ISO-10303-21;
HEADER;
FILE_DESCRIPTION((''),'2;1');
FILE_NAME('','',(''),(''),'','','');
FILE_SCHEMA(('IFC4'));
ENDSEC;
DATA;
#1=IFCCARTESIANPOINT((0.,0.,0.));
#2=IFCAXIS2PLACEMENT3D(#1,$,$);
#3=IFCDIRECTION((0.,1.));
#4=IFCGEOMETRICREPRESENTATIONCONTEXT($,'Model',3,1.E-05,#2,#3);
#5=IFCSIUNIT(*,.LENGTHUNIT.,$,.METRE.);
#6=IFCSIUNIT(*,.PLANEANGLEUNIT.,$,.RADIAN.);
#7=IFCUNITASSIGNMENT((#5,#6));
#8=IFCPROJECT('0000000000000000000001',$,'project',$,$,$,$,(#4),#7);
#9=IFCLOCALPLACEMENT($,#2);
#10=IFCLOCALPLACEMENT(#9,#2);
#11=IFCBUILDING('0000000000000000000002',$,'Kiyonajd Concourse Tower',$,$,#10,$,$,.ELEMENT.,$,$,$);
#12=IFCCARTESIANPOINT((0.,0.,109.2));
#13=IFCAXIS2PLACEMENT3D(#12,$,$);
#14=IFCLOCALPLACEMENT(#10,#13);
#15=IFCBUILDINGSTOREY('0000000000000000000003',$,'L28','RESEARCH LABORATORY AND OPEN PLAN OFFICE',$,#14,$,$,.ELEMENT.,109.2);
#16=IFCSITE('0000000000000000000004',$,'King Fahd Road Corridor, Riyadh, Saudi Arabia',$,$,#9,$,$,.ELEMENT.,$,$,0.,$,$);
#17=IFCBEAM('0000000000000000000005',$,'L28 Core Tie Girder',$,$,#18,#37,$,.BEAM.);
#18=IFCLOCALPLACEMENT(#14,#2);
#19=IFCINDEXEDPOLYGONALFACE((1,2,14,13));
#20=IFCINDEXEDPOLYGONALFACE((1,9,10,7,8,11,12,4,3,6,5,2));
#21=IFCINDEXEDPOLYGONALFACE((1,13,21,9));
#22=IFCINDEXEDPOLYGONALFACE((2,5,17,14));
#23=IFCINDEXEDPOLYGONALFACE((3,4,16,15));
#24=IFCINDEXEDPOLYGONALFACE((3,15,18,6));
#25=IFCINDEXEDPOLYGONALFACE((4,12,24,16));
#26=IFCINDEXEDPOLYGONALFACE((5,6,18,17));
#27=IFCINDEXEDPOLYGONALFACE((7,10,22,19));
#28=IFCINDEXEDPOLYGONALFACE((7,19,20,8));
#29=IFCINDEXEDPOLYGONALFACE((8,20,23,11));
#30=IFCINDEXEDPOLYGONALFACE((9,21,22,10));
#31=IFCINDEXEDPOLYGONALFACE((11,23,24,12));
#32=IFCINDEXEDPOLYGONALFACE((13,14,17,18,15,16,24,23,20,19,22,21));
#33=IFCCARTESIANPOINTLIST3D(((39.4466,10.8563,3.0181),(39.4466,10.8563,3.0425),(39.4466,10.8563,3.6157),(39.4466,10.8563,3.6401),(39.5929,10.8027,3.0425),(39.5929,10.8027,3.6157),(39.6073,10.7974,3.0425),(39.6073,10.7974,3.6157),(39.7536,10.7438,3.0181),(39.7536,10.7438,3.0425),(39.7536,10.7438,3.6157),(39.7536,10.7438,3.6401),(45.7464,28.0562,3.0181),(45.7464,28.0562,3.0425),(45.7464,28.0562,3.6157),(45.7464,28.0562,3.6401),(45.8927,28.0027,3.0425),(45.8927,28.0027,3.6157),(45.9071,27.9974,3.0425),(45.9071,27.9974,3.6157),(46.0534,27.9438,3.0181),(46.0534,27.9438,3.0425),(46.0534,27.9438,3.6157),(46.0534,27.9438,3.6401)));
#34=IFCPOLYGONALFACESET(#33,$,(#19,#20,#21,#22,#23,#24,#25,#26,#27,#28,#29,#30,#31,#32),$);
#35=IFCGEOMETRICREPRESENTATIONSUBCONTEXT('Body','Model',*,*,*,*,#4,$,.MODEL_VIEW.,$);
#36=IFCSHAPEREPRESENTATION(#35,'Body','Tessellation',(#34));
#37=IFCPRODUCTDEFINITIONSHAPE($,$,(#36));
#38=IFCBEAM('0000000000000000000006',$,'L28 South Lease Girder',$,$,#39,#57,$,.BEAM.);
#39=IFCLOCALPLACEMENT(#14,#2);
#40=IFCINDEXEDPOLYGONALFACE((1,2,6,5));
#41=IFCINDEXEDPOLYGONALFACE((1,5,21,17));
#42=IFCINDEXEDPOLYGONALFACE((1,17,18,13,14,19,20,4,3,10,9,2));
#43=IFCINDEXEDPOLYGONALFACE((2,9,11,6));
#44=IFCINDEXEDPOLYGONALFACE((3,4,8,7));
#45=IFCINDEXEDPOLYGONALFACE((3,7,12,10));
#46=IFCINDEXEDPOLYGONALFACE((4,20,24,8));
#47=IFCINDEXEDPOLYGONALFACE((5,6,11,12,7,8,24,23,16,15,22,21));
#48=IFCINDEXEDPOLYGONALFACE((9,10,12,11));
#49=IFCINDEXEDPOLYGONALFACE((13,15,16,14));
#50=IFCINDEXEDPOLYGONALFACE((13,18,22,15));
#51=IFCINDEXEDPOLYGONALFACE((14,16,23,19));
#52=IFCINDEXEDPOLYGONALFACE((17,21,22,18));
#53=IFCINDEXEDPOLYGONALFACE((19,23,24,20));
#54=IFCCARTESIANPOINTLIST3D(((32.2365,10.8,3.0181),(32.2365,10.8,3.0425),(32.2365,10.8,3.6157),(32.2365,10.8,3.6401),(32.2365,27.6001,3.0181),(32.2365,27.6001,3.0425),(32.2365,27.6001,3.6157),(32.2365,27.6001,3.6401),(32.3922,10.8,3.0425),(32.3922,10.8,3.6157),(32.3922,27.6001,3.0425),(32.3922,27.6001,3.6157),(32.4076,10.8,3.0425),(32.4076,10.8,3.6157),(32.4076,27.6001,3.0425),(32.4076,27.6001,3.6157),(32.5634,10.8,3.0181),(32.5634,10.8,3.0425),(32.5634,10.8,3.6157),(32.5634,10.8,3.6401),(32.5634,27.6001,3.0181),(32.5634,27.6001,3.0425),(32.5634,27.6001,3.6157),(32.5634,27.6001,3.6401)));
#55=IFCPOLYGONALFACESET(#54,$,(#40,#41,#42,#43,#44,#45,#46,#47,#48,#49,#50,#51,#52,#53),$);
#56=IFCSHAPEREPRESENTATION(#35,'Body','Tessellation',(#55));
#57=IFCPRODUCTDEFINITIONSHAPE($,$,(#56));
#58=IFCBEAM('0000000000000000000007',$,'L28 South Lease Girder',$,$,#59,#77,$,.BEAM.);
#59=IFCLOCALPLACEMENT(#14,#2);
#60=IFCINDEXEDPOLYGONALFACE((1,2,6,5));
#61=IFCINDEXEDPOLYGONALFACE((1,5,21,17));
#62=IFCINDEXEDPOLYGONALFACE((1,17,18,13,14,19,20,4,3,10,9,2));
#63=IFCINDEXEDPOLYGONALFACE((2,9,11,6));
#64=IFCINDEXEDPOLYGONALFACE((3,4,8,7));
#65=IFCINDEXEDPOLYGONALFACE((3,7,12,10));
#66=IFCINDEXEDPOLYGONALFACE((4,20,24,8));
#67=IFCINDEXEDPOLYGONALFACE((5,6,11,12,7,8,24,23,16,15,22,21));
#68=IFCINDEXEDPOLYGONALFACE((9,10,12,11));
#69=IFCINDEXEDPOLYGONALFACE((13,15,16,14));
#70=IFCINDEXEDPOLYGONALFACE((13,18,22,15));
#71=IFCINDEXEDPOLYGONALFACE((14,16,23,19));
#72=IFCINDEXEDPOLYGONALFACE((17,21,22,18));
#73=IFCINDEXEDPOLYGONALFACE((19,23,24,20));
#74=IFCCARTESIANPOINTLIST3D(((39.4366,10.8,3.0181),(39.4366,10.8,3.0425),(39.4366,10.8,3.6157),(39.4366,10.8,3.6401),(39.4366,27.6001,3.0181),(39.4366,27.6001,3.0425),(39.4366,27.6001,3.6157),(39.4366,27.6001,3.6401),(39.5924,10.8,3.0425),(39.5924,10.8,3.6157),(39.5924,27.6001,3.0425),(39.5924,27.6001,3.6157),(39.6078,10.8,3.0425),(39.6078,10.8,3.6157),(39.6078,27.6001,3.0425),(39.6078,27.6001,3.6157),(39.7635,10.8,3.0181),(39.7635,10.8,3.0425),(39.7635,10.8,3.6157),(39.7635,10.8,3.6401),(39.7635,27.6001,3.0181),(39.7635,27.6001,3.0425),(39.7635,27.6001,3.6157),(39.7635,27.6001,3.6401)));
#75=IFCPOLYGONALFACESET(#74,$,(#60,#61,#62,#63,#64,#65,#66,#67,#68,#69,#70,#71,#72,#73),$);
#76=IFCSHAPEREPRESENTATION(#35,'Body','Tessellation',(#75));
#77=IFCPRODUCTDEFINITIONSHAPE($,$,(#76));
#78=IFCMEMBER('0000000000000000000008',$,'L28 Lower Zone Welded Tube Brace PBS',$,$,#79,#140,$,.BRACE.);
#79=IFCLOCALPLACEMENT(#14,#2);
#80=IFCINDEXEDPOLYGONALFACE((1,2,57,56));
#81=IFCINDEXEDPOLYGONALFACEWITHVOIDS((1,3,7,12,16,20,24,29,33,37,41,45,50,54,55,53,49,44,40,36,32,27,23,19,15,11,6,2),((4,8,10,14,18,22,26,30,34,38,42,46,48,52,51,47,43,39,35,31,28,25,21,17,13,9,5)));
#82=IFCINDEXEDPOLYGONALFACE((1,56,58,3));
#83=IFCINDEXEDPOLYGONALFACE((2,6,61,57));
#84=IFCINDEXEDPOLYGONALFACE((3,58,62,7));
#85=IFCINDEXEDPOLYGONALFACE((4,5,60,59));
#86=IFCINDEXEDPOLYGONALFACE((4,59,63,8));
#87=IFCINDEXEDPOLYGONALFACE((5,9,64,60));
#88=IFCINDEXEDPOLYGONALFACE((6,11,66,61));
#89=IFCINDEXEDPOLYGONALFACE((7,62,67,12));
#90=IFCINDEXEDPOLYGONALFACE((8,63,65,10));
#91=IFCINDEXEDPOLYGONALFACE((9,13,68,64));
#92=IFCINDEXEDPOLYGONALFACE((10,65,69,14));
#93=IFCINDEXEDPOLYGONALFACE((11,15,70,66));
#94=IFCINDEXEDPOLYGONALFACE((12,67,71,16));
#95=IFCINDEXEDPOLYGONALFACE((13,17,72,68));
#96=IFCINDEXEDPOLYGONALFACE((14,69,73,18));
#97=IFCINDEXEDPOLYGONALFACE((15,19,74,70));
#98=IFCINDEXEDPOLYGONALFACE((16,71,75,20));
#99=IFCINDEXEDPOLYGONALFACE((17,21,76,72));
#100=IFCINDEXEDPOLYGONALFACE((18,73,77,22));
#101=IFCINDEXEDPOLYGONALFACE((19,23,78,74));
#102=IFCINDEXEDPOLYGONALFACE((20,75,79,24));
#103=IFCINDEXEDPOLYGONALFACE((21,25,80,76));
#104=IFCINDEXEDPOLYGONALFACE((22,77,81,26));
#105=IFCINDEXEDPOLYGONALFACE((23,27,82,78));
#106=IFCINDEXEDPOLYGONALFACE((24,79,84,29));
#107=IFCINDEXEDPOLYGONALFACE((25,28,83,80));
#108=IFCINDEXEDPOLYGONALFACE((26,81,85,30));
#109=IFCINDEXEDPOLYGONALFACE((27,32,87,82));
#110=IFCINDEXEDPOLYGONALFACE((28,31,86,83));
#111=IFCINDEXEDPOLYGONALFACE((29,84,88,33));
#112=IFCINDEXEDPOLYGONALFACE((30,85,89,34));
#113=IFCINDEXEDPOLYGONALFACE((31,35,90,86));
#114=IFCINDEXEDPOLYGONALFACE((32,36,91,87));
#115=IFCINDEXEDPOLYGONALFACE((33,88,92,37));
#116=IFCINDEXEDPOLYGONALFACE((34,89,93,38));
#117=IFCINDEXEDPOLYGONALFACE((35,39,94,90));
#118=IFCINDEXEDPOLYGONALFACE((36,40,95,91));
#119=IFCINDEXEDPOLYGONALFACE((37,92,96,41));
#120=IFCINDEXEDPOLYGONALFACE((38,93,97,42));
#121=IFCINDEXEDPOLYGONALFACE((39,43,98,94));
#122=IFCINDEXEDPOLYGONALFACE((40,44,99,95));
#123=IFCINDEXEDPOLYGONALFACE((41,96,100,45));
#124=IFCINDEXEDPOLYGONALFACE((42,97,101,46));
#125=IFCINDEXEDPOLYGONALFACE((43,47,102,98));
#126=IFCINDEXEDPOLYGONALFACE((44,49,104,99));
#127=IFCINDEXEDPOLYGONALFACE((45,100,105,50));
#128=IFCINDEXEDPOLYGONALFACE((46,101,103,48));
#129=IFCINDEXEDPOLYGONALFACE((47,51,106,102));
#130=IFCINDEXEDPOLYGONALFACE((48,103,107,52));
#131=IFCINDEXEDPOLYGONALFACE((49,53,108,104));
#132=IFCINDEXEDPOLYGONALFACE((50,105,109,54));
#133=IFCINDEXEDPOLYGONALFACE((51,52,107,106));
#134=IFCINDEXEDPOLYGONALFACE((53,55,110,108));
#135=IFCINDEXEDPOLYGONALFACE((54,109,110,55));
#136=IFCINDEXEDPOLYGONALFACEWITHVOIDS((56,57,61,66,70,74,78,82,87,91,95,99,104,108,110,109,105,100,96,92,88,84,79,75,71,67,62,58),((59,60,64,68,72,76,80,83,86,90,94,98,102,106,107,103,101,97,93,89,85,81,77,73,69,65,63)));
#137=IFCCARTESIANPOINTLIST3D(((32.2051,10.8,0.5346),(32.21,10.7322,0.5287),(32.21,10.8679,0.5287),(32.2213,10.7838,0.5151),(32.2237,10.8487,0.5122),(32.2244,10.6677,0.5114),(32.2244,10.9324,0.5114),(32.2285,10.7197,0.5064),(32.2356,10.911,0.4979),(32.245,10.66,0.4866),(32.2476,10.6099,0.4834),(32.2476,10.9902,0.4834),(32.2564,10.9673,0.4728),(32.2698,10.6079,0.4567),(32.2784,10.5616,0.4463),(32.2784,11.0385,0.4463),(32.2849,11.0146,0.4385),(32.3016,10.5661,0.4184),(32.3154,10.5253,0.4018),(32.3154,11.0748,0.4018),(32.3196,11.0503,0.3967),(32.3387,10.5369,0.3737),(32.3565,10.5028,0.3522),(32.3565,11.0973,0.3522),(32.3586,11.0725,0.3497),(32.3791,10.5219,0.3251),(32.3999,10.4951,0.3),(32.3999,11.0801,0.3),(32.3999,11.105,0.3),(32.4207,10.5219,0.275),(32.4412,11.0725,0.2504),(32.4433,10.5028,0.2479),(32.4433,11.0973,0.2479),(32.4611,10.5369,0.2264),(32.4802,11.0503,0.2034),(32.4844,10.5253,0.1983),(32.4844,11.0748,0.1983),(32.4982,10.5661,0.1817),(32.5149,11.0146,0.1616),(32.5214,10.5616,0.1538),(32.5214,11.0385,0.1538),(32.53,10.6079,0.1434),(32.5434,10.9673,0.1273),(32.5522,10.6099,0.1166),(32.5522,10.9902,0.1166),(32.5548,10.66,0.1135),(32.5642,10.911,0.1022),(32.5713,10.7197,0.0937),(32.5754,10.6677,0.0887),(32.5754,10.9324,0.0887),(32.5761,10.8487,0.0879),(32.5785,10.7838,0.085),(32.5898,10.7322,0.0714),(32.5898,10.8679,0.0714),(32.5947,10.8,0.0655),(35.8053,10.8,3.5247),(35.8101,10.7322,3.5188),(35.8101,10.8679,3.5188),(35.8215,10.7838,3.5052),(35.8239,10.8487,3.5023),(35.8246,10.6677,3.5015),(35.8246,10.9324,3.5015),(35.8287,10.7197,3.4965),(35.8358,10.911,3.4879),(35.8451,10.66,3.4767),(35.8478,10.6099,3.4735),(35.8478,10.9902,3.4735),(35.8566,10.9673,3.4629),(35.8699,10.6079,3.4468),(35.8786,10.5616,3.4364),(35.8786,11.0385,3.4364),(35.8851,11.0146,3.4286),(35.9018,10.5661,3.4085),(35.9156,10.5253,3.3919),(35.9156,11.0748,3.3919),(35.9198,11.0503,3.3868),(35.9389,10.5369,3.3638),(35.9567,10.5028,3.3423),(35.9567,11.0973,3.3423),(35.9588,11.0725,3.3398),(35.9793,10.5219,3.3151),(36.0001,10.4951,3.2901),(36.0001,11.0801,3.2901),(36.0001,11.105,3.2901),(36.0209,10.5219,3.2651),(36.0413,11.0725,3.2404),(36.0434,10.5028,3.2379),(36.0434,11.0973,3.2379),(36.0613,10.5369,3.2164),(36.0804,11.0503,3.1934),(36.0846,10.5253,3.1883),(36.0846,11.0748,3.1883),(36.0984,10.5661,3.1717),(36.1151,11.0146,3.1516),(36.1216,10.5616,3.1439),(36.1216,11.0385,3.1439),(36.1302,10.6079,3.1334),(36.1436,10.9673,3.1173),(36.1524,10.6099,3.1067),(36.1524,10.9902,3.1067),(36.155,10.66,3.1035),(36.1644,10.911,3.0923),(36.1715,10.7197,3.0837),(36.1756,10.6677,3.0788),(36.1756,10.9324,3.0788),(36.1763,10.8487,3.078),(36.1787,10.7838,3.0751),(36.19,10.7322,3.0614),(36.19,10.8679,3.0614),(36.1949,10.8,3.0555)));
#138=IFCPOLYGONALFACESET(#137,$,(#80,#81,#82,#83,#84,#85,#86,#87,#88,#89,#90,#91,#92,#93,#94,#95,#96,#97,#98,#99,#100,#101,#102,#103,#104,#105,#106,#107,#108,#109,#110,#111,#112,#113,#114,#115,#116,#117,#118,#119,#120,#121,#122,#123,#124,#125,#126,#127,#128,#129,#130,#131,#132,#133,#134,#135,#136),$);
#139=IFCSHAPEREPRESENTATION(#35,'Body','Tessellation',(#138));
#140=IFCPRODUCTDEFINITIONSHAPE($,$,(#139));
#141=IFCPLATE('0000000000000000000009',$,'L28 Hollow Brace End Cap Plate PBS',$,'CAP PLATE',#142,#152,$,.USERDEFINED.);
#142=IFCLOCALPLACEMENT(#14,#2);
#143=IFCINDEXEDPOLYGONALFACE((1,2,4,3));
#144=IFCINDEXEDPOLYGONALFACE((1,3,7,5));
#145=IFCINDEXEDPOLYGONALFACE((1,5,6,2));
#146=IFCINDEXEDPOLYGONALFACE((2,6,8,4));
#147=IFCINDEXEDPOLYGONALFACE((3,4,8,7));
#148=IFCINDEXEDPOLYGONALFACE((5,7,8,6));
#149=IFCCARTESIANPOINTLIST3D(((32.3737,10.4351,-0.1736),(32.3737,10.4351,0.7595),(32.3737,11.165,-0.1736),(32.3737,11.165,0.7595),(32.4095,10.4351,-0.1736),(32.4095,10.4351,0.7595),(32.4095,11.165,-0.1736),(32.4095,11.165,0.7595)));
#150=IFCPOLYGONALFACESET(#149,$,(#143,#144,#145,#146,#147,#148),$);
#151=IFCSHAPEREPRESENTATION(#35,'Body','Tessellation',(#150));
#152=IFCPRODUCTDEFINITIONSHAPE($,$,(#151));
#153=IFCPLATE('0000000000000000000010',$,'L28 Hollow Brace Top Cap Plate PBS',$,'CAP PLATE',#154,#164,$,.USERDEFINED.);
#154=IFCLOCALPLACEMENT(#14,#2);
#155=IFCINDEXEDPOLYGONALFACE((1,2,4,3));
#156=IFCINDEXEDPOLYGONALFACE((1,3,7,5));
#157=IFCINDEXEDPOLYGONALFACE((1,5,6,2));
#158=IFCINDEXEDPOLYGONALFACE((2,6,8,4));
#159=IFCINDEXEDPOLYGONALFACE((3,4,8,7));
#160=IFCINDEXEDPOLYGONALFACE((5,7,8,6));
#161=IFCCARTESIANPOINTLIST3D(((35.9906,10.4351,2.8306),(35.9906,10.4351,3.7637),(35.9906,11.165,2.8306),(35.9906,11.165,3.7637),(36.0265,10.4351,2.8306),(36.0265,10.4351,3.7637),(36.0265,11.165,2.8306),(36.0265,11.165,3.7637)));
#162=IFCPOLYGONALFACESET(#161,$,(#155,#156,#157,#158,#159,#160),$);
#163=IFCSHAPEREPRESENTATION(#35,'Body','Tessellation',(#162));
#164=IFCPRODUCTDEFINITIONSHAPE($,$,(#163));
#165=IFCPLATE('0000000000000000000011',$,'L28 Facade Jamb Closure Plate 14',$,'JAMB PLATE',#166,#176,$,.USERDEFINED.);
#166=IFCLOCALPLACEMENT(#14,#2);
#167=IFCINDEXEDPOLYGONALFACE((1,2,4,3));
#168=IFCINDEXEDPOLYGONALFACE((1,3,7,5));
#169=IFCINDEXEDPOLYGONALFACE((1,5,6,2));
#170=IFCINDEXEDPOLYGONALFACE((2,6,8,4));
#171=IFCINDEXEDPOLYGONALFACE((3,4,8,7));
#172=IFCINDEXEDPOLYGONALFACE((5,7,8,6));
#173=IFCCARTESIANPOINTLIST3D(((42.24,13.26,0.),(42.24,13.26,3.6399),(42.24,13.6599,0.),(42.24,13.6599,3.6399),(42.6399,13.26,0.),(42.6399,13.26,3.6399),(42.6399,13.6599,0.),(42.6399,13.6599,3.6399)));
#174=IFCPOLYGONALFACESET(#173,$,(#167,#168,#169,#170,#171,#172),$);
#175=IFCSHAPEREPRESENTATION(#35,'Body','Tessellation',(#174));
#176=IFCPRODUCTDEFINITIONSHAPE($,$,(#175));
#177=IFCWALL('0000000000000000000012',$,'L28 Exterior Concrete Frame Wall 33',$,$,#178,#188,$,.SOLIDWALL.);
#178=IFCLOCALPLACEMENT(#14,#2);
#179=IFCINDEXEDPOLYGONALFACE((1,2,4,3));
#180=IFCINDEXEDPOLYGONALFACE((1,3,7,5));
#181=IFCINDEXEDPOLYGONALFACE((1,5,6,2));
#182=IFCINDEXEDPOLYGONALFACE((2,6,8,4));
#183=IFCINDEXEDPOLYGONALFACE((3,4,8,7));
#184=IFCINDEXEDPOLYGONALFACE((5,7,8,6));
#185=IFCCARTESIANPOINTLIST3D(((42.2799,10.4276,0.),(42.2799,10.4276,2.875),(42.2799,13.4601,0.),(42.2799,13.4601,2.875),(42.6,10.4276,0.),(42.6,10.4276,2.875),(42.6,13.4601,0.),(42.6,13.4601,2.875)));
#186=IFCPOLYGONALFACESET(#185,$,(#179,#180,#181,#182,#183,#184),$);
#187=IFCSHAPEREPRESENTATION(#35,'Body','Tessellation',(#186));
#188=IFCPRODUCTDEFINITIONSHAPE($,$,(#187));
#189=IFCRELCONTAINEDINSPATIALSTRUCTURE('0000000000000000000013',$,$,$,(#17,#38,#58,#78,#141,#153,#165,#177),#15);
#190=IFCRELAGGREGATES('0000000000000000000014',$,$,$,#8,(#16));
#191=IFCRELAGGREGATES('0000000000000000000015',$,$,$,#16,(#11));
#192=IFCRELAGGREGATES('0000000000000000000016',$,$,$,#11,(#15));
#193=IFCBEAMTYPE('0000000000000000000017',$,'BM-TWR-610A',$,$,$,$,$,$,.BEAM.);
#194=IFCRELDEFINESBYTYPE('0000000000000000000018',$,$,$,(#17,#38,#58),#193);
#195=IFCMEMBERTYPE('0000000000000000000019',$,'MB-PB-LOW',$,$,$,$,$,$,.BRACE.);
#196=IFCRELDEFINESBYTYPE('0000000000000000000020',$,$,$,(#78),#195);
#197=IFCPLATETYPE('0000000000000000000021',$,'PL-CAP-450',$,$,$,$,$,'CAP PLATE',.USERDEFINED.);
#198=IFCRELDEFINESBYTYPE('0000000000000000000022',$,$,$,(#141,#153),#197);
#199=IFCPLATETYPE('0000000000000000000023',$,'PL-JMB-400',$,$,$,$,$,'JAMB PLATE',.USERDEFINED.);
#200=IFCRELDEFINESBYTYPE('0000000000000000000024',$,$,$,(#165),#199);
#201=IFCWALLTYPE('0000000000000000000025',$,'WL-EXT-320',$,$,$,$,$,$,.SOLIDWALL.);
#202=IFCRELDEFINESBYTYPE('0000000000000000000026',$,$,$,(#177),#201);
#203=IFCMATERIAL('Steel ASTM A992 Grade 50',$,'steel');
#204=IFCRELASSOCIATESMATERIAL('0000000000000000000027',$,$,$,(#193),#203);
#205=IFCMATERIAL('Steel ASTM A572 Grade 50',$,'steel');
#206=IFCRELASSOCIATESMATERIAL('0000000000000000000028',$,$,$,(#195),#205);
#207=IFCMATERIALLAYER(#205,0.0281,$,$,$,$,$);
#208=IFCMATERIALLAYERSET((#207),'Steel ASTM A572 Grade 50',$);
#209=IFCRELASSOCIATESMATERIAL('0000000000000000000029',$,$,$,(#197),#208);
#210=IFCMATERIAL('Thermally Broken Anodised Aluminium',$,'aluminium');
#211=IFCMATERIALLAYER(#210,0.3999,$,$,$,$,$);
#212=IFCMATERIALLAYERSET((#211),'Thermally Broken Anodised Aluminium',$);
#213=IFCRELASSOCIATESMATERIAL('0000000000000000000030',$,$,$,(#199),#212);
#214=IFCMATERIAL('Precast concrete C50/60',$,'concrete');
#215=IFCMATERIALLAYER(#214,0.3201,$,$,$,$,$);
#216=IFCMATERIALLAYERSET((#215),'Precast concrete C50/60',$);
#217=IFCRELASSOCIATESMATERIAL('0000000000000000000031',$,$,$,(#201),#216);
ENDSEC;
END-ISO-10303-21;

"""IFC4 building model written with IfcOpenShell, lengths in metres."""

from ifc_helpers import new_model, si_unit, direction, frame, frame_2d, origin, origin_2d, place, context, subcontext, project, spatial, rectangle, hollow_circle, i_section, extrude, material, layer, layer_set, material_profile, profile_set, type_object, element, save


model = new_model("IFC4")

# Units and contexts
model_context = context("Model", 3, precision=1e-05, world=origin(), true_north=direction((0.0, 1.0)))
body_context = subcontext(model_context, "Body", "Model", "MODEL_VIEW")
ifc_project = project(units=[si_unit("LENGTHUNIT", "METRE"), si_unit("PLANEANGLEUNIT", "RADIAN")], contexts=[model_context])

# Site, building, storey
site_placement = place(None, origin())
site = spatial("IfcSite", under=ifc_project, at=site_placement, Name="King Fahd Road Corridor, Riyadh, Saudi Arabia", CompositionType="ELEMENT", RefElevation=0.0)
building_placement = place(site_placement, origin())
building = spatial("IfcBuilding", under=site, at=building_placement, Name="Kiyonajd Concourse Tower", CompositionType="ELEMENT")
storey_placement = place(building_placement, frame((0.0, 0.0, 109.2)))
storey = spatial("IfcBuildingStorey", under=building, at=storey_placement, Name="L28", Description="RESEARCH LABORATORY AND OPEN PLAN OFFICE", CompositionType="ELEMENT", Elevation=109.2)

# Beams
ifc_material_1 = material(Name="Steel ASTM A992 Grade 50", Category="steel")
ifc_material_2 = material(Name="Precast concrete C50/60", Category="concrete")
ifc_material_profile_1 = material_profile(ifc_material_1, i_section(OverallWidth=0.3269, OverallDepth=0.6221, WebThickness=0.0154, FlangeThickness=0.0244, at=origin_2d()), Name="W610X195")
ifc_profile_set_1 = profile_set([ifc_material_profile_1], Name="Steel ASTM A992 Grade 50")
beam_type_1 = type_object("IfcBeamType", Name="BM-TWR-610A", PredefinedType="BEAM", material=ifc_profile_set_1)
beam_1_placement = place(storey_placement, frame((39.6001, 10.8, 3.3291), z_axis=(0.343925, 0.938997, 0.0), x_axis=(-0.938997, 0.343925, 0.0)))
element("IfcBeam", 1, at=beam_1_placement, inside=storey, type_object=beam_type_1, Name="L28 Core Tie Girder", PredefinedType="BEAM", context=body_context, shape_type="SweptSolid", body=[
    extrude(i_section(OverallWidth=0.3269, OverallDepth=0.6221, WebThickness=0.0154, FlangeThickness=0.0244, at=origin_2d()), origin(), (0.0, 0.0, 1.0), 18.3174),
])
for number, where, z_axis, x_axis, name in (
    (2, (32.3999, 10.8, 3.3291), (0.0, 1.0, 0.0), (-1.0, 0.0, 0.0), "L28 South Lease Girder"),
    (3, (39.6001, 10.8, 3.3291), (0.0, 1.0, 0.0), (-1.0, 0.0, 0.0), "L28 South Lease Girder"),
):
    element("IfcBeam", number, at=place(storey_placement, frame(where, z_axis=z_axis, x_axis=x_axis)), inside=storey, type_object=beam_type_1, Name=name, PredefinedType="BEAM", context=body_context, shape_type="SweptSolid", body=[
        extrude(i_section(OverallWidth=0.3269, OverallDepth=0.6221, WebThickness=0.0154, FlangeThickness=0.0244, at=origin_2d()), origin(), (0.0, 0.0, 1.0), 16.8),
    ])

# Member
ifc_material_3 = material(Name="Steel ASTM A572 Grade 50", Category="steel")
ifc_material_profile_2 = material_profile(ifc_material_3, hollow_circle(Radius=0.3049, WallThickness=0.0249, at=origin_2d()), Name="CHS-610x25")
ifc_profile_set_2 = profile_set([ifc_material_profile_2], Name="Steel ASTM A572 Grade 50")
member_type = type_object("IfcMemberType", Name="MB-PB-LOW", PredefinedType="BRACE", material=ifc_profile_set_2)
member_placement = place(storey_placement, frame((32.3999, 10.8, 0.3), z_axis=(0.769281, 0.0, 0.638911), x_axis=(0.0, 1.0, 0.0)))
element("IfcMember", 4, at=member_placement, inside=storey, type_object=member_type, Name="L28 Lower Zone Welded Tube Brace PBS", PredefinedType="BRACE", context=body_context, shape_type="SweptSolid", body=[
    extrude(hollow_circle(Radius=0.3049, WallThickness=0.0249, at=origin_2d()), origin(), (0.0, 0.0, 1.0), 4.6799),
])

# Plates
ifc_layer_1 = layer(ifc_material_3, 0.0281)
ifc_layer_set_1 = layer_set([ifc_layer_1], Name="Steel ASTM A572 Grade 50")
plate_type_1 = type_object("IfcPlateType", Name="PL-CAP-450", ElementType="CAP PLATE", PredefinedType="USERDEFINED", material=ifc_layer_set_1)
for number, where, z_axis, x_axis, name in (
    (5, (32.3916, 10.8, -0.1736), (0.0, 0.0, 1.0), (-1.0, 0.0, 0.0), "L28 Hollow Brace End Cap Plate PBS"),
    (6, (36.0085, 10.8, 2.8306), (0.0, 0.0, 1.0), (1.0, 0.0, 0.0), "L28 Hollow Brace Top Cap Plate PBS"),
):
    element("IfcPlate", number, at=place(storey_placement, frame(where, z_axis=z_axis, x_axis=x_axis)), inside=storey, type_object=plate_type_1, Name=name, ObjectType="CAP PLATE", PredefinedType="USERDEFINED", context=body_context, shape_type="SweptSolid", body=[
        extrude(rectangle(XDim=0.0359, YDim=0.73, at=origin_2d()), origin(), (0.0, 0.0, 1.0), 0.9331),
    ])
ifc_material_4 = material(Name="Thermally Broken Anodised Aluminium", Category="aluminium")
ifc_layer_2 = layer(ifc_material_4, 0.3999)
ifc_layer_set_2 = layer_set([ifc_layer_2], Name="Thermally Broken Anodised Aluminium")
plate_type_2 = type_object("IfcPlateType", Name="PL-JMB-400", ElementType="JAMB PLATE", PredefinedType="USERDEFINED", material=ifc_layer_set_2)
plate_placement = place(storey_placement, frame((42.4399, 13.46, 0.0), z_axis=(0.0, 0.0, 1.0), x_axis=(1.0, 0.0, 0.0)))
element("IfcPlate", 7, at=plate_placement, inside=storey, type_object=plate_type_2, Name="L28 Facade Jamb Closure Plate 14", ObjectType="JAMB PLATE", PredefinedType="USERDEFINED", context=body_context, shape_type="SweptSolid", body=[
    extrude(rectangle(XDim=0.3999, YDim=0.3999, at=origin_2d()), origin(), (0.0, 0.0, 1.0), 3.6399),
])

# Wall
ifc_layer_3 = layer(ifc_material_2, 0.3201)
ifc_layer_set_3 = layer_set([ifc_layer_3], Name="Precast concrete C50/60")
wall_type_1 = type_object("IfcWallType", Name="WL-EXT-320", PredefinedType="SOLIDWALL", material=ifc_layer_set_3)
wall_1_placement = place(storey_placement, frame((42.4399, 13.46, 0.0), z_axis=(0.0, 0.0, 1.0), x_axis=(0.0, -1.0, 0.0)))
element("IfcWall", 8, at=wall_1_placement, inside=storey, type_object=wall_type_1, Name="L28 Exterior Concrete Frame Wall 33", PredefinedType="SOLIDWALL", context=body_context, shape_type="SweptSolid", body=[
    extrude(rectangle(XDim=3.0325, YDim=0.3201, at=frame_2d((1.5161, 0.0))), origin(), (0.0, 0.0, 1.0), 2.875),
])

save(model, "model.ifc")
